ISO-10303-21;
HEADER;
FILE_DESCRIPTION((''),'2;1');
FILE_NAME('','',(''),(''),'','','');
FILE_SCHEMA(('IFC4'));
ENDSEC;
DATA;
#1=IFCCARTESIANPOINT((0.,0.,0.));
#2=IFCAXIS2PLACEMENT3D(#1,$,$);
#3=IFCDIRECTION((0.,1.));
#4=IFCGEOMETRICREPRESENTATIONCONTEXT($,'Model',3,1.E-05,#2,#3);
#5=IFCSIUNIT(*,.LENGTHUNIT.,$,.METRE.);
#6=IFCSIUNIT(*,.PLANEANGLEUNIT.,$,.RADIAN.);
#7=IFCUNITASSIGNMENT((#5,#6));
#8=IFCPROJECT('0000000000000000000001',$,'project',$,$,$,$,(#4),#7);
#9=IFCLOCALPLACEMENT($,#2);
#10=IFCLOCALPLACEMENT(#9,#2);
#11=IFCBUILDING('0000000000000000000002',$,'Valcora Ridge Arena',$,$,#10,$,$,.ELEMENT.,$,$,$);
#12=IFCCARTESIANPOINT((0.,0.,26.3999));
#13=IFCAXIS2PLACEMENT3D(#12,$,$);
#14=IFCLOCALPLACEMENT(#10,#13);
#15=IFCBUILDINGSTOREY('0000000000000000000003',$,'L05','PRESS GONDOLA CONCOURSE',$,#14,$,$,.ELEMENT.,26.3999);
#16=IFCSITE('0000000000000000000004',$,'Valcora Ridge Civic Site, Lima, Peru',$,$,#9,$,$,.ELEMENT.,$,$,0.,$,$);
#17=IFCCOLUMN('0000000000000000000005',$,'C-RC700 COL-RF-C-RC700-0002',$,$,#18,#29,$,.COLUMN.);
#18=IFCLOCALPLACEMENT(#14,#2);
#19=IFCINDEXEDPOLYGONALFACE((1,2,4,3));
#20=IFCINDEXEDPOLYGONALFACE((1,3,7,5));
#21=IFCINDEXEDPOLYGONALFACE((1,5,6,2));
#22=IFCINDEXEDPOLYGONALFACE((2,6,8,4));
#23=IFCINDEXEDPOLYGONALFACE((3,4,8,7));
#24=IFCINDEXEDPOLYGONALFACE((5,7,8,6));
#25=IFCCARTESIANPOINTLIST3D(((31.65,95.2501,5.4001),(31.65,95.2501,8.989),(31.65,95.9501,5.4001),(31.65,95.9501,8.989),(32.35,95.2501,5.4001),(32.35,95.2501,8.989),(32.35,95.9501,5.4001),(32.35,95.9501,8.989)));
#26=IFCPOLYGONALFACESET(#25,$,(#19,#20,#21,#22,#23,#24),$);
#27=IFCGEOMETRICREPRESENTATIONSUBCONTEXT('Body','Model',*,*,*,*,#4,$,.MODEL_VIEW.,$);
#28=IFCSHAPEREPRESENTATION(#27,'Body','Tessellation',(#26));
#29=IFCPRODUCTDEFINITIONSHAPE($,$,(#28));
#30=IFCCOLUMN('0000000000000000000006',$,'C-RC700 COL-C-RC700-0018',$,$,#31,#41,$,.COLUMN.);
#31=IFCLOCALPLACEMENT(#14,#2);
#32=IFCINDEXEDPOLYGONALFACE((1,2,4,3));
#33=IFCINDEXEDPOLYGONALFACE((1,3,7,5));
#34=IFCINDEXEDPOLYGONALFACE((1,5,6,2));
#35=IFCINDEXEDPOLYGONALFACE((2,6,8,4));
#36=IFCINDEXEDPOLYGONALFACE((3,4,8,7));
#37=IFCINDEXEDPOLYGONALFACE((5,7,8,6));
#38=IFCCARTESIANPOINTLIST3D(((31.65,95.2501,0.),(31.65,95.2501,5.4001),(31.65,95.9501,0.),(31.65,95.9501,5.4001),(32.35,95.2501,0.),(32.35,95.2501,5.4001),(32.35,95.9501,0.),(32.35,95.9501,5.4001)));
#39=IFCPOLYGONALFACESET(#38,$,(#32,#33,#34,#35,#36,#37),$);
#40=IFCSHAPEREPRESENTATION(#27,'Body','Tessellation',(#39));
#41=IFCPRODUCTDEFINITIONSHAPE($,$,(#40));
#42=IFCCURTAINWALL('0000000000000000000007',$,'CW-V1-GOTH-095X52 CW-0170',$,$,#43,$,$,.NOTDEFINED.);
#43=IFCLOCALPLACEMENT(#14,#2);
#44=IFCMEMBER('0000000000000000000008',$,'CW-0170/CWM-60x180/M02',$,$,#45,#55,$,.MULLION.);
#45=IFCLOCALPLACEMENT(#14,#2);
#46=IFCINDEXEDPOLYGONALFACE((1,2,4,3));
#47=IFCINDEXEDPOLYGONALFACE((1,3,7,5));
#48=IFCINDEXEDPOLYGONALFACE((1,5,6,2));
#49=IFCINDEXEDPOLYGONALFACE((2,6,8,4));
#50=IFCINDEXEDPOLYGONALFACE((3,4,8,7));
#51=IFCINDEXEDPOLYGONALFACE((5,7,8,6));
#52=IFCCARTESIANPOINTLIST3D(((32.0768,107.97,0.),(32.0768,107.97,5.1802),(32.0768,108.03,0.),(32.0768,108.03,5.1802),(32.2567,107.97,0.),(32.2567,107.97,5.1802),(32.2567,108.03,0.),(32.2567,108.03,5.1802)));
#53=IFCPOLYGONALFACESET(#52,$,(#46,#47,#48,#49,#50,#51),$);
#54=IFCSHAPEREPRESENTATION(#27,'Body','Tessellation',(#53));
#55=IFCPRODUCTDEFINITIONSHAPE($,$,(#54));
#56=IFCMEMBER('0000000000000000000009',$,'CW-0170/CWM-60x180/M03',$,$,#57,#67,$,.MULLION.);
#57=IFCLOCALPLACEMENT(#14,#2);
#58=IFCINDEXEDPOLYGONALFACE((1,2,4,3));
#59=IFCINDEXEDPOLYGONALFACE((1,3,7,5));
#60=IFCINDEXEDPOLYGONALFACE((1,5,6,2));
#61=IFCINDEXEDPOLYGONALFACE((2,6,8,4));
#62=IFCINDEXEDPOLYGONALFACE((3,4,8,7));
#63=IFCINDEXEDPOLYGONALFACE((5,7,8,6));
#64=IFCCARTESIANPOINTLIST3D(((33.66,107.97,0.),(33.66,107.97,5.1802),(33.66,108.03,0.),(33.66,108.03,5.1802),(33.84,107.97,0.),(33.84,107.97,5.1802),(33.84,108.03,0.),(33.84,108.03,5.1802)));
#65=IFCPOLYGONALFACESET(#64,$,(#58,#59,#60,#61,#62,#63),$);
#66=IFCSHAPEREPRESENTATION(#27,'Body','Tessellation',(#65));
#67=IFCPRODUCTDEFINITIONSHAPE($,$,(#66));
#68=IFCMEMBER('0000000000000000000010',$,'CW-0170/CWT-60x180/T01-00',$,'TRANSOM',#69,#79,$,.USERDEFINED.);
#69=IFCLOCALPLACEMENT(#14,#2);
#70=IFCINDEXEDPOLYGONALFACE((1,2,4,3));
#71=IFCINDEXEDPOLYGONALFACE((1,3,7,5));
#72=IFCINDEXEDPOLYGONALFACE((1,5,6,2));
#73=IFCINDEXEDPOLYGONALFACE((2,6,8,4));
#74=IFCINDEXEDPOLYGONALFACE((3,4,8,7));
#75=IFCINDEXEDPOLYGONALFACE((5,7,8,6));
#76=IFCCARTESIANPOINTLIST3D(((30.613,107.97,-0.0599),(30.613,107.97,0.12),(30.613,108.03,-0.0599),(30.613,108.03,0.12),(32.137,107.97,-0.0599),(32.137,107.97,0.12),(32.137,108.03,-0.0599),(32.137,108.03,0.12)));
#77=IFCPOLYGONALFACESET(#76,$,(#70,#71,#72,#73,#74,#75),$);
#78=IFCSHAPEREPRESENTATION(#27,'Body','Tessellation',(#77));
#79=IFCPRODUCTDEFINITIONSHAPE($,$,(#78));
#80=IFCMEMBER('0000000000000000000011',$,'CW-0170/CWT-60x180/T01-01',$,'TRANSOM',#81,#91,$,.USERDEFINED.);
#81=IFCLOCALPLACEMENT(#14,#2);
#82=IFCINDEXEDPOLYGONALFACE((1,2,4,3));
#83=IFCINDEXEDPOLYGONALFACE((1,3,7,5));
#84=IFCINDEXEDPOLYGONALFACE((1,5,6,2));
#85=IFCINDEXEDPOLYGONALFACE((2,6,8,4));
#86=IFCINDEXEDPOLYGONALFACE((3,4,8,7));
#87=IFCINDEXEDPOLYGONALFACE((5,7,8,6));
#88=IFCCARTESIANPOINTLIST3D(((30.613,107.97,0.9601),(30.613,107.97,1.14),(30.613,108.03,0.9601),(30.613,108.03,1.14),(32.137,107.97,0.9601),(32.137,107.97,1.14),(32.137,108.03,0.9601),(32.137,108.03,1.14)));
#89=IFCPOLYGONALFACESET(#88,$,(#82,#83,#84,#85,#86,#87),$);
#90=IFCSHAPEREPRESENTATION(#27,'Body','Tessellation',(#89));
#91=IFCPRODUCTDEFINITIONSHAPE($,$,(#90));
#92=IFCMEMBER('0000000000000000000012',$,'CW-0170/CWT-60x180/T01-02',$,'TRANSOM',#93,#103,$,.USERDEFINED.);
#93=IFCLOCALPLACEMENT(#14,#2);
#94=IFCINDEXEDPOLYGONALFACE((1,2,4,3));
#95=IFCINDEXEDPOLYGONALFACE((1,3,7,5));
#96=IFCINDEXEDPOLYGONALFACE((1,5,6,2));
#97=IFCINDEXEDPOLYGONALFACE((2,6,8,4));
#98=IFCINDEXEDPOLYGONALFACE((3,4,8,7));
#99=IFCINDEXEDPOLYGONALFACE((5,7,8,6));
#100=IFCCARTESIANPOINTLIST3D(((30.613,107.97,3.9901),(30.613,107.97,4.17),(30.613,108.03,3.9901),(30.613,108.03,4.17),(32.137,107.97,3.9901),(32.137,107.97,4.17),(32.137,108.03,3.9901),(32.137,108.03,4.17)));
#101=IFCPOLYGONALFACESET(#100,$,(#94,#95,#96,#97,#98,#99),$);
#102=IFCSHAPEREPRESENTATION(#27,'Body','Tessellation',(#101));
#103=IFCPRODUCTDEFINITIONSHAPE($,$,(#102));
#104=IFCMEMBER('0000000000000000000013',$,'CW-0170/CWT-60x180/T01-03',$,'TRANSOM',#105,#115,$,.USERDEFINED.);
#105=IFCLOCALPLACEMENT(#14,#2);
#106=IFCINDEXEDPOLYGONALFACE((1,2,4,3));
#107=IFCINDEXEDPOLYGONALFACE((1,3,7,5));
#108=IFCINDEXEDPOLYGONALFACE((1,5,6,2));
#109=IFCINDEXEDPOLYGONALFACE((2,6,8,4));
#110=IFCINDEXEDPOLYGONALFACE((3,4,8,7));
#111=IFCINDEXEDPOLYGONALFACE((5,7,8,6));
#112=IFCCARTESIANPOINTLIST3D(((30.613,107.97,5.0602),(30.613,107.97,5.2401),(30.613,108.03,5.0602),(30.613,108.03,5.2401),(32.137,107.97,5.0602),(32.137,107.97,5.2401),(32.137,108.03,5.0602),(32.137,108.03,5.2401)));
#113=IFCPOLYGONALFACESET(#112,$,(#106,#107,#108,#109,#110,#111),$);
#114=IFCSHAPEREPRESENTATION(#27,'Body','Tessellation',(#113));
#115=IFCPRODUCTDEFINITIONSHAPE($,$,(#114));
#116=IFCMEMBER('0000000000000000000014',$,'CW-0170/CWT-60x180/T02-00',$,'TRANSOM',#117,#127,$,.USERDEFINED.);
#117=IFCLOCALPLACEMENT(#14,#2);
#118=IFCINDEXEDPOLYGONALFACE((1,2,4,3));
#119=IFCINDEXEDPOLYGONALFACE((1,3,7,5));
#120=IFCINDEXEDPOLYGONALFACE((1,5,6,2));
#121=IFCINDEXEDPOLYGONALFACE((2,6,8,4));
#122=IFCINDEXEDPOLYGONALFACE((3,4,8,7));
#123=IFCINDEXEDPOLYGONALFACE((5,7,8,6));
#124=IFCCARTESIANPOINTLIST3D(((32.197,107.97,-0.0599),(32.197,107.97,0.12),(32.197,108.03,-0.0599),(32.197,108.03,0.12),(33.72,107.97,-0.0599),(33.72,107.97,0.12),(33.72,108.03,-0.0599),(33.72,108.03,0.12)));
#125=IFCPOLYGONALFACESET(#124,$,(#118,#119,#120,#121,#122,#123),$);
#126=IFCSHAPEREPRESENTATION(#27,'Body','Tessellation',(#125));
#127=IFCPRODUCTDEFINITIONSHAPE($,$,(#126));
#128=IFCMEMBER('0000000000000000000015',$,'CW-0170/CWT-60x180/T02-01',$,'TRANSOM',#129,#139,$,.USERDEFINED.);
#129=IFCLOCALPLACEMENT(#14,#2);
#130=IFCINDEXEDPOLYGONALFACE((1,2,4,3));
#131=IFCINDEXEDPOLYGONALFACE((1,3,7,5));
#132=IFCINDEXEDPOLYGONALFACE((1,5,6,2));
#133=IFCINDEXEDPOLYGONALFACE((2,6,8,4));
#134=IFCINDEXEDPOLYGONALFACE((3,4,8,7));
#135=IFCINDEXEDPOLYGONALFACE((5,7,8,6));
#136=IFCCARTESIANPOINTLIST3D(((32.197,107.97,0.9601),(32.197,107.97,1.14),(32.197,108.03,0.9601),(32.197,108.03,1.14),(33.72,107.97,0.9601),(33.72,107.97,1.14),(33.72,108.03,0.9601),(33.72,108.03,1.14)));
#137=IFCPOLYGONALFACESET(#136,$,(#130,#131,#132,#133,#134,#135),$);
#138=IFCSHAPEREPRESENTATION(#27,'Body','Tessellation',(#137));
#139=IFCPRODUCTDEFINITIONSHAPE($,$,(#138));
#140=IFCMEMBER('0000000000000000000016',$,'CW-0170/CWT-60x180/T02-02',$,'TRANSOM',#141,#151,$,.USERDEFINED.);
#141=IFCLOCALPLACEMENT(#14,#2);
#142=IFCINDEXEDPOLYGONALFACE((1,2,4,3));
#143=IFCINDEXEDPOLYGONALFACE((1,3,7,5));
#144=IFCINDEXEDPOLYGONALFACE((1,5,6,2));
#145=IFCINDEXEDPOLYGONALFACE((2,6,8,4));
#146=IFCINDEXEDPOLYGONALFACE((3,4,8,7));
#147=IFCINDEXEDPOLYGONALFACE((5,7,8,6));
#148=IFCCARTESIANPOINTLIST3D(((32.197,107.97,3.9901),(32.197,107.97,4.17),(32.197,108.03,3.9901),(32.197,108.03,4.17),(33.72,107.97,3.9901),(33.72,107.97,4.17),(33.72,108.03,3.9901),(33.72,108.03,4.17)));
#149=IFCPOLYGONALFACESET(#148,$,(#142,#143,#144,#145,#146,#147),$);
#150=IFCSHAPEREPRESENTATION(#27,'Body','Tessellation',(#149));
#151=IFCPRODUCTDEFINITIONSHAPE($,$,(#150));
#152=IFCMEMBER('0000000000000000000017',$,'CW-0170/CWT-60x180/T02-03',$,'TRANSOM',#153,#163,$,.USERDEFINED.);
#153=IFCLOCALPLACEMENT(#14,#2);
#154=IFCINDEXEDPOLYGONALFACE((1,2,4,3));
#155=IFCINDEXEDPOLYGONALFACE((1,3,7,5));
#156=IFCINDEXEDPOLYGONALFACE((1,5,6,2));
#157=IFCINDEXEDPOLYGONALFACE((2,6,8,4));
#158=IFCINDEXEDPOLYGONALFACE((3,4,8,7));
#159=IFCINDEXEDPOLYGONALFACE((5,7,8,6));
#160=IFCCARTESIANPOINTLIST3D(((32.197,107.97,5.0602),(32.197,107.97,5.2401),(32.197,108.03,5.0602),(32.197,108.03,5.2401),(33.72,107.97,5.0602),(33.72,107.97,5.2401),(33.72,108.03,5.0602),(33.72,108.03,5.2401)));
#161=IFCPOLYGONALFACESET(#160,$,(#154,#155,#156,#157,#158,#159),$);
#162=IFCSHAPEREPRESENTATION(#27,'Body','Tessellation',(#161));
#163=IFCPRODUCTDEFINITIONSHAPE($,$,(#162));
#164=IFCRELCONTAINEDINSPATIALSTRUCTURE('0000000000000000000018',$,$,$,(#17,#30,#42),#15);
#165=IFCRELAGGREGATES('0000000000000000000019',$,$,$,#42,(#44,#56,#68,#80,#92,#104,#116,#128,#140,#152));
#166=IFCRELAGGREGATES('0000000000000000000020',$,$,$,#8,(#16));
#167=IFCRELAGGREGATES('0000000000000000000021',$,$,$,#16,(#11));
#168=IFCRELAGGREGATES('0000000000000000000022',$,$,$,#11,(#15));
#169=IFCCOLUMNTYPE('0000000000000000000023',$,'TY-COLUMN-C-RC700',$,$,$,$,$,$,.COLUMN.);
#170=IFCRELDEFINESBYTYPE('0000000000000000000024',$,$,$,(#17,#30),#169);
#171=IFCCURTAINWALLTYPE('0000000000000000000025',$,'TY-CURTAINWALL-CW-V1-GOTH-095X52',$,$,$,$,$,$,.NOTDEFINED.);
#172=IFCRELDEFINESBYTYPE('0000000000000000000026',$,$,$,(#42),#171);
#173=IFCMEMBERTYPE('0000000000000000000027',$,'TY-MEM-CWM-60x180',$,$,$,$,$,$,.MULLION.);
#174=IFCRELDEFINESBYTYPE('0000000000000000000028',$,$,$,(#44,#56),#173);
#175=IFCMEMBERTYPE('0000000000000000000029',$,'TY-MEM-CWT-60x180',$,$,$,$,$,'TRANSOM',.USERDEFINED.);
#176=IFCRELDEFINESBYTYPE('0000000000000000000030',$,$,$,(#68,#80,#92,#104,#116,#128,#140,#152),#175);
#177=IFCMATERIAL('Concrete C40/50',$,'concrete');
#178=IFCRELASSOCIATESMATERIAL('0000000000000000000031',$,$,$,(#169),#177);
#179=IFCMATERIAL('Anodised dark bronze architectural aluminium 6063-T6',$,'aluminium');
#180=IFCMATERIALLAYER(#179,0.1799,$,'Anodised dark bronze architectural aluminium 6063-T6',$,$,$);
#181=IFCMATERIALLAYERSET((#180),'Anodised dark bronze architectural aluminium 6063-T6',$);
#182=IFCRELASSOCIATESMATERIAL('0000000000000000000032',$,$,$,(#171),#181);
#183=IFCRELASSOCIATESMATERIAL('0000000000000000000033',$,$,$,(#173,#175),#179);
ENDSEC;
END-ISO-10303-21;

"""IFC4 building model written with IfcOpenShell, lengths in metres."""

from ifc_helpers import new_model, si_unit, direction, frame, origin, origin_2d, place, context, subcontext, project, spatial, rectangle, extrude, material, layer, layer_set, material_profile, profile_set, type_object, element, aggregate, save


model = new_model("IFC4")

# Units and contexts
model_context = context("Model", 3, precision=1e-05, world=origin(), true_north=direction((0.0, 1.0)))
body_context = subcontext(model_context, "Body", "Model", "MODEL_VIEW")
ifc_project = project(units=[si_unit("LENGTHUNIT", "METRE"), si_unit("PLANEANGLEUNIT", "RADIAN")], contexts=[model_context])

# Site, building, storey
site_placement = place(None, origin())
site = spatial("IfcSite", under=ifc_project, at=site_placement, Name="Valcora Ridge Civic Site, Lima, Peru", CompositionType="ELEMENT", RefElevation=0.0)
building_placement = place(site_placement, origin())
building = spatial("IfcBuilding", under=site, at=building_placement, Name="Valcora Ridge Arena", CompositionType="ELEMENT")
storey_placement = place(building_placement, frame((0.0, 0.0, 26.3999)))
storey = spatial("IfcBuildingStorey", under=building, at=storey_placement, Name="L05", Description="PRESS GONDOLA CONCOURSE", CompositionType="ELEMENT", Elevation=26.3999)

# Columns
ifc_material_1 = material(Name="Concrete C40/50", Category="concrete")
ifc_material_profile_1 = material_profile(ifc_material_1, rectangle(XDim=0.7, YDim=0.7, at=origin_2d()), Name="RC 700x700")
ifc_profile_set_1 = profile_set([ifc_material_profile_1], Name="Concrete C40/50")
column_type = type_object("IfcColumnType", Name="TY-COLUMN-C-RC700", PredefinedType="COLUMN", material=ifc_profile_set_1)
column_1_placement = place(storey_placement, frame((32.0, 95.6001, 5.4001), z_axis=(0.0, 0.0, 1.0), x_axis=(1.0, 0.0, 0.0)))
element("IfcColumn", 1, at=column_1_placement, inside=storey, type_object=column_type, Name="C-RC700 COL-RF-C-RC700-0002", PredefinedType="COLUMN", context=body_context, shape_type="SweptSolid", body=[
    extrude(rectangle(XDim=0.7, YDim=0.7, at=origin_2d()), origin(), (0.0, 0.0, 1.0), 3.5889),
])
column_2_placement = place(storey_placement, frame((32.0, 95.6001, 0.0), z_axis=(0.0, 0.0, 1.0), x_axis=(1.0, 0.0, 0.0)))
element("IfcColumn", 2, at=column_2_placement, inside=storey, type_object=column_type, Name="C-RC700 COL-C-RC700-0018", PredefinedType="COLUMN", context=body_context, shape_type="SweptSolid", body=[
    extrude(rectangle(XDim=0.7, YDim=0.7, at=origin_2d()), origin(), (0.0, 0.0, 1.0), 5.4001),
])

# Curtain wall, members
ifc_material_2 = material(Name="Anodised dark bronze architectural aluminium 6063-T6", Category="aluminium")
ifc_layer_1 = layer(ifc_material_2, 0.1799, Name="Anodised dark bronze architectural aluminium 6063-T6")
ifc_layer_set_1 = layer_set([ifc_layer_1], Name="Anodised dark bronze architectural aluminium 6063-T6")
curtain_wall_type = type_object("IfcCurtainWallType", Name="TY-CURTAINWALL-CW-V1-GOTH-095X52", PredefinedType="NOTDEFINED", material=ifc_layer_set_1)
curtain_wall_placement = place(storey_placement, origin())
curtain_wall = element("IfcCurtainWall", 3, at=curtain_wall_placement, inside=storey, type_object=curtain_wall_type, Name="CW-V1-GOTH-095X52 CW-0170", PredefinedType="NOTDEFINED")
ifc_material_profile_2 = material_profile(ifc_material_2, rectangle(XDim=0.0601, YDim=0.1799, at=origin_2d()), Name="ALU MULLION 60x180")
ifc_profile_set_2 = profile_set([ifc_material_profile_2], Name="Anodised dark bronze architectural aluminium 6063-T6")
member_type_1 = type_object("IfcMemberType", Name="TY-MEM-CWM-60x180", PredefinedType="MULLION", material=ifc_profile_set_2)
member_1_placement = place(storey_placement, frame((32.1667, 108.0, 0.0), z_axis=(0.0, 0.0, 1.0), x_axis=(0.0, 1.0, 0.0)))
member_1 = element("IfcMember", 4, at=member_1_placement, type_object=member_type_1, Name="CW-0170/CWM-60x180/M02", PredefinedType="MULLION", context=body_context, shape_type="SweptSolid", body=[
    extrude(rectangle(XDim=0.0601, YDim=0.1799, at=origin_2d()), origin(), (0.0, 0.0, 1.0), 5.1802),
])
member_2_placement = place(storey_placement, frame((33.75, 108.0, 0.0), z_axis=(0.0, 0.0, 1.0), x_axis=(0.0, 1.0, 0.0)))
member_2 = element("IfcMember", 5, at=member_2_placement, type_object=member_type_1, Name="CW-0170/CWM-60x180/M03", PredefinedType="MULLION", context=body_context, shape_type="SweptSolid", body=[
    extrude(rectangle(XDim=0.0601, YDim=0.1799, at=origin_2d()), origin(), (0.0, 0.0, 1.0), 5.1802),
])
ifc_material_profile_3 = material_profile(ifc_material_2, rectangle(XDim=0.0601, YDim=0.1799, at=origin_2d()), Name="ALU TRANSOM 60x180")
ifc_profile_set_3 = profile_set([ifc_material_profile_3], Name="Anodised dark bronze architectural aluminium 6063-T6")
member_type_2 = type_object("IfcMemberType", Name="TY-MEM-CWT-60x180", ElementType="TRANSOM", PredefinedType="USERDEFINED", material=ifc_profile_set_3)
member_3_placement = place(storey_placement, frame((30.613, 108.0, 0.03), z_axis=(1.0, 0.0, 0.0), x_axis=(0.0, 1.0, 0.0)))
member_3 = element("IfcMember", 6, at=member_3_placement, type_object=member_type_2, Name="CW-0170/CWT-60x180/T01-00", ObjectType="TRANSOM", PredefinedType="USERDEFINED", context=body_context, shape_type="SweptSolid", body=[
    extrude(rectangle(XDim=0.0601, YDim=0.1799, at=origin_2d()), origin(), (0.0, 0.0, 1.0), 1.5239),
])
member_4_placement = place(storey_placement, frame((30.613, 108.0, 1.05), z_axis=(1.0, 0.0, 0.0), x_axis=(0.0, 1.0, 0.0)))
member_4 = element("IfcMember", 7, at=member_4_placement, type_object=member_type_2, Name="CW-0170/CWT-60x180/T01-01", ObjectType="TRANSOM", PredefinedType="USERDEFINED", context=body_context, shape_type="SweptSolid", body=[
    extrude(rectangle(XDim=0.0601, YDim=0.1799, at=origin_2d()), origin(), (0.0, 0.0, 1.0), 1.5239),
])
member_5_placement = place(storey_placement, frame((30.613, 108.0, 4.0801), z_axis=(1.0, 0.0, 0.0), x_axis=(0.0, 1.0, 0.0)))
member_5 = element("IfcMember", 8, at=member_5_placement, type_object=member_type_2, Name="CW-0170/CWT-60x180/T01-02", ObjectType="TRANSOM", PredefinedType="USERDEFINED", context=body_context, shape_type="SweptSolid", body=[
    extrude(rectangle(XDim=0.0601, YDim=0.1799, at=origin_2d()), origin(), (0.0, 0.0, 1.0), 1.5239),
])
member_6_placement = place(storey_placement, frame((30.613, 108.0, 5.1501), z_axis=(1.0, 0.0, 0.0), x_axis=(0.0, 1.0, 0.0)))
member_6 = element("IfcMember", 9, at=member_6_placement, type_object=member_type_2, Name="CW-0170/CWT-60x180/T01-03", ObjectType="TRANSOM", PredefinedType="USERDEFINED", context=body_context, shape_type="SweptSolid", body=[
    extrude(rectangle(XDim=0.0601, YDim=0.1799, at=origin_2d()), origin(), (0.0, 0.0, 1.0), 1.5239),
])
member_7_placement = place(storey_placement, frame((32.197, 108.0, 0.03), z_axis=(1.0, 0.0, 0.0), x_axis=(0.0, 1.0, 0.0)))
member_7 = element("IfcMember", 10, at=member_7_placement, type_object=member_type_2, Name="CW-0170/CWT-60x180/T02-00", ObjectType="TRANSOM", PredefinedType="USERDEFINED", context=body_context, shape_type="SweptSolid", body=[
    extrude(rectangle(XDim=0.0601, YDim=0.1799, at=origin_2d()), origin(), (0.0, 0.0, 1.0), 1.5229),
])
member_8_placement = place(storey_placement, frame((32.197, 108.0, 1.05), z_axis=(1.0, 0.0, 0.0), x_axis=(0.0, 1.0, 0.0)))
member_8 = element("IfcMember", 11, at=member_8_placement, type_object=member_type_2, Name="CW-0170/CWT-60x180/T02-01", ObjectType="TRANSOM", PredefinedType="USERDEFINED", context=body_context, shape_type="SweptSolid", body=[
    extrude(rectangle(XDim=0.0601, YDim=0.1799, at=origin_2d()), origin(), (0.0, 0.0, 1.0), 1.5229),
])
member_9_placement = place(storey_placement, frame((32.197, 108.0, 4.0801), z_axis=(1.0, 0.0, 0.0), x_axis=(0.0, 1.0, 0.0)))
member_9 = element("IfcMember", 12, at=member_9_placement, type_object=member_type_2, Name="CW-0170/CWT-60x180/T02-02", ObjectType="TRANSOM", PredefinedType="USERDEFINED", context=body_context, shape_type="SweptSolid", body=[
    extrude(rectangle(XDim=0.0601, YDim=0.1799, at=origin_2d()), origin(), (0.0, 0.0, 1.0), 1.5229),
])
member_10_placement = place(storey_placement, frame((32.197, 108.0, 5.1501), z_axis=(1.0, 0.0, 0.0), x_axis=(0.0, 1.0, 0.0)))
member_10 = element("IfcMember", 13, at=member_10_placement, type_object=member_type_2, Name="CW-0170/CWT-60x180/T02-03", ObjectType="TRANSOM", PredefinedType="USERDEFINED", context=body_context, shape_type="SweptSolid", body=[
    extrude(rectangle(XDim=0.0601, YDim=0.1799, at=origin_2d()), origin(), (0.0, 0.0, 1.0), 1.5229),
])

aggregate(curtain_wall, [member_1, member_2, member_3, member_4, member_5, member_6, member_7, member_8, member_9, member_10])

save(model, "model.ifc")
